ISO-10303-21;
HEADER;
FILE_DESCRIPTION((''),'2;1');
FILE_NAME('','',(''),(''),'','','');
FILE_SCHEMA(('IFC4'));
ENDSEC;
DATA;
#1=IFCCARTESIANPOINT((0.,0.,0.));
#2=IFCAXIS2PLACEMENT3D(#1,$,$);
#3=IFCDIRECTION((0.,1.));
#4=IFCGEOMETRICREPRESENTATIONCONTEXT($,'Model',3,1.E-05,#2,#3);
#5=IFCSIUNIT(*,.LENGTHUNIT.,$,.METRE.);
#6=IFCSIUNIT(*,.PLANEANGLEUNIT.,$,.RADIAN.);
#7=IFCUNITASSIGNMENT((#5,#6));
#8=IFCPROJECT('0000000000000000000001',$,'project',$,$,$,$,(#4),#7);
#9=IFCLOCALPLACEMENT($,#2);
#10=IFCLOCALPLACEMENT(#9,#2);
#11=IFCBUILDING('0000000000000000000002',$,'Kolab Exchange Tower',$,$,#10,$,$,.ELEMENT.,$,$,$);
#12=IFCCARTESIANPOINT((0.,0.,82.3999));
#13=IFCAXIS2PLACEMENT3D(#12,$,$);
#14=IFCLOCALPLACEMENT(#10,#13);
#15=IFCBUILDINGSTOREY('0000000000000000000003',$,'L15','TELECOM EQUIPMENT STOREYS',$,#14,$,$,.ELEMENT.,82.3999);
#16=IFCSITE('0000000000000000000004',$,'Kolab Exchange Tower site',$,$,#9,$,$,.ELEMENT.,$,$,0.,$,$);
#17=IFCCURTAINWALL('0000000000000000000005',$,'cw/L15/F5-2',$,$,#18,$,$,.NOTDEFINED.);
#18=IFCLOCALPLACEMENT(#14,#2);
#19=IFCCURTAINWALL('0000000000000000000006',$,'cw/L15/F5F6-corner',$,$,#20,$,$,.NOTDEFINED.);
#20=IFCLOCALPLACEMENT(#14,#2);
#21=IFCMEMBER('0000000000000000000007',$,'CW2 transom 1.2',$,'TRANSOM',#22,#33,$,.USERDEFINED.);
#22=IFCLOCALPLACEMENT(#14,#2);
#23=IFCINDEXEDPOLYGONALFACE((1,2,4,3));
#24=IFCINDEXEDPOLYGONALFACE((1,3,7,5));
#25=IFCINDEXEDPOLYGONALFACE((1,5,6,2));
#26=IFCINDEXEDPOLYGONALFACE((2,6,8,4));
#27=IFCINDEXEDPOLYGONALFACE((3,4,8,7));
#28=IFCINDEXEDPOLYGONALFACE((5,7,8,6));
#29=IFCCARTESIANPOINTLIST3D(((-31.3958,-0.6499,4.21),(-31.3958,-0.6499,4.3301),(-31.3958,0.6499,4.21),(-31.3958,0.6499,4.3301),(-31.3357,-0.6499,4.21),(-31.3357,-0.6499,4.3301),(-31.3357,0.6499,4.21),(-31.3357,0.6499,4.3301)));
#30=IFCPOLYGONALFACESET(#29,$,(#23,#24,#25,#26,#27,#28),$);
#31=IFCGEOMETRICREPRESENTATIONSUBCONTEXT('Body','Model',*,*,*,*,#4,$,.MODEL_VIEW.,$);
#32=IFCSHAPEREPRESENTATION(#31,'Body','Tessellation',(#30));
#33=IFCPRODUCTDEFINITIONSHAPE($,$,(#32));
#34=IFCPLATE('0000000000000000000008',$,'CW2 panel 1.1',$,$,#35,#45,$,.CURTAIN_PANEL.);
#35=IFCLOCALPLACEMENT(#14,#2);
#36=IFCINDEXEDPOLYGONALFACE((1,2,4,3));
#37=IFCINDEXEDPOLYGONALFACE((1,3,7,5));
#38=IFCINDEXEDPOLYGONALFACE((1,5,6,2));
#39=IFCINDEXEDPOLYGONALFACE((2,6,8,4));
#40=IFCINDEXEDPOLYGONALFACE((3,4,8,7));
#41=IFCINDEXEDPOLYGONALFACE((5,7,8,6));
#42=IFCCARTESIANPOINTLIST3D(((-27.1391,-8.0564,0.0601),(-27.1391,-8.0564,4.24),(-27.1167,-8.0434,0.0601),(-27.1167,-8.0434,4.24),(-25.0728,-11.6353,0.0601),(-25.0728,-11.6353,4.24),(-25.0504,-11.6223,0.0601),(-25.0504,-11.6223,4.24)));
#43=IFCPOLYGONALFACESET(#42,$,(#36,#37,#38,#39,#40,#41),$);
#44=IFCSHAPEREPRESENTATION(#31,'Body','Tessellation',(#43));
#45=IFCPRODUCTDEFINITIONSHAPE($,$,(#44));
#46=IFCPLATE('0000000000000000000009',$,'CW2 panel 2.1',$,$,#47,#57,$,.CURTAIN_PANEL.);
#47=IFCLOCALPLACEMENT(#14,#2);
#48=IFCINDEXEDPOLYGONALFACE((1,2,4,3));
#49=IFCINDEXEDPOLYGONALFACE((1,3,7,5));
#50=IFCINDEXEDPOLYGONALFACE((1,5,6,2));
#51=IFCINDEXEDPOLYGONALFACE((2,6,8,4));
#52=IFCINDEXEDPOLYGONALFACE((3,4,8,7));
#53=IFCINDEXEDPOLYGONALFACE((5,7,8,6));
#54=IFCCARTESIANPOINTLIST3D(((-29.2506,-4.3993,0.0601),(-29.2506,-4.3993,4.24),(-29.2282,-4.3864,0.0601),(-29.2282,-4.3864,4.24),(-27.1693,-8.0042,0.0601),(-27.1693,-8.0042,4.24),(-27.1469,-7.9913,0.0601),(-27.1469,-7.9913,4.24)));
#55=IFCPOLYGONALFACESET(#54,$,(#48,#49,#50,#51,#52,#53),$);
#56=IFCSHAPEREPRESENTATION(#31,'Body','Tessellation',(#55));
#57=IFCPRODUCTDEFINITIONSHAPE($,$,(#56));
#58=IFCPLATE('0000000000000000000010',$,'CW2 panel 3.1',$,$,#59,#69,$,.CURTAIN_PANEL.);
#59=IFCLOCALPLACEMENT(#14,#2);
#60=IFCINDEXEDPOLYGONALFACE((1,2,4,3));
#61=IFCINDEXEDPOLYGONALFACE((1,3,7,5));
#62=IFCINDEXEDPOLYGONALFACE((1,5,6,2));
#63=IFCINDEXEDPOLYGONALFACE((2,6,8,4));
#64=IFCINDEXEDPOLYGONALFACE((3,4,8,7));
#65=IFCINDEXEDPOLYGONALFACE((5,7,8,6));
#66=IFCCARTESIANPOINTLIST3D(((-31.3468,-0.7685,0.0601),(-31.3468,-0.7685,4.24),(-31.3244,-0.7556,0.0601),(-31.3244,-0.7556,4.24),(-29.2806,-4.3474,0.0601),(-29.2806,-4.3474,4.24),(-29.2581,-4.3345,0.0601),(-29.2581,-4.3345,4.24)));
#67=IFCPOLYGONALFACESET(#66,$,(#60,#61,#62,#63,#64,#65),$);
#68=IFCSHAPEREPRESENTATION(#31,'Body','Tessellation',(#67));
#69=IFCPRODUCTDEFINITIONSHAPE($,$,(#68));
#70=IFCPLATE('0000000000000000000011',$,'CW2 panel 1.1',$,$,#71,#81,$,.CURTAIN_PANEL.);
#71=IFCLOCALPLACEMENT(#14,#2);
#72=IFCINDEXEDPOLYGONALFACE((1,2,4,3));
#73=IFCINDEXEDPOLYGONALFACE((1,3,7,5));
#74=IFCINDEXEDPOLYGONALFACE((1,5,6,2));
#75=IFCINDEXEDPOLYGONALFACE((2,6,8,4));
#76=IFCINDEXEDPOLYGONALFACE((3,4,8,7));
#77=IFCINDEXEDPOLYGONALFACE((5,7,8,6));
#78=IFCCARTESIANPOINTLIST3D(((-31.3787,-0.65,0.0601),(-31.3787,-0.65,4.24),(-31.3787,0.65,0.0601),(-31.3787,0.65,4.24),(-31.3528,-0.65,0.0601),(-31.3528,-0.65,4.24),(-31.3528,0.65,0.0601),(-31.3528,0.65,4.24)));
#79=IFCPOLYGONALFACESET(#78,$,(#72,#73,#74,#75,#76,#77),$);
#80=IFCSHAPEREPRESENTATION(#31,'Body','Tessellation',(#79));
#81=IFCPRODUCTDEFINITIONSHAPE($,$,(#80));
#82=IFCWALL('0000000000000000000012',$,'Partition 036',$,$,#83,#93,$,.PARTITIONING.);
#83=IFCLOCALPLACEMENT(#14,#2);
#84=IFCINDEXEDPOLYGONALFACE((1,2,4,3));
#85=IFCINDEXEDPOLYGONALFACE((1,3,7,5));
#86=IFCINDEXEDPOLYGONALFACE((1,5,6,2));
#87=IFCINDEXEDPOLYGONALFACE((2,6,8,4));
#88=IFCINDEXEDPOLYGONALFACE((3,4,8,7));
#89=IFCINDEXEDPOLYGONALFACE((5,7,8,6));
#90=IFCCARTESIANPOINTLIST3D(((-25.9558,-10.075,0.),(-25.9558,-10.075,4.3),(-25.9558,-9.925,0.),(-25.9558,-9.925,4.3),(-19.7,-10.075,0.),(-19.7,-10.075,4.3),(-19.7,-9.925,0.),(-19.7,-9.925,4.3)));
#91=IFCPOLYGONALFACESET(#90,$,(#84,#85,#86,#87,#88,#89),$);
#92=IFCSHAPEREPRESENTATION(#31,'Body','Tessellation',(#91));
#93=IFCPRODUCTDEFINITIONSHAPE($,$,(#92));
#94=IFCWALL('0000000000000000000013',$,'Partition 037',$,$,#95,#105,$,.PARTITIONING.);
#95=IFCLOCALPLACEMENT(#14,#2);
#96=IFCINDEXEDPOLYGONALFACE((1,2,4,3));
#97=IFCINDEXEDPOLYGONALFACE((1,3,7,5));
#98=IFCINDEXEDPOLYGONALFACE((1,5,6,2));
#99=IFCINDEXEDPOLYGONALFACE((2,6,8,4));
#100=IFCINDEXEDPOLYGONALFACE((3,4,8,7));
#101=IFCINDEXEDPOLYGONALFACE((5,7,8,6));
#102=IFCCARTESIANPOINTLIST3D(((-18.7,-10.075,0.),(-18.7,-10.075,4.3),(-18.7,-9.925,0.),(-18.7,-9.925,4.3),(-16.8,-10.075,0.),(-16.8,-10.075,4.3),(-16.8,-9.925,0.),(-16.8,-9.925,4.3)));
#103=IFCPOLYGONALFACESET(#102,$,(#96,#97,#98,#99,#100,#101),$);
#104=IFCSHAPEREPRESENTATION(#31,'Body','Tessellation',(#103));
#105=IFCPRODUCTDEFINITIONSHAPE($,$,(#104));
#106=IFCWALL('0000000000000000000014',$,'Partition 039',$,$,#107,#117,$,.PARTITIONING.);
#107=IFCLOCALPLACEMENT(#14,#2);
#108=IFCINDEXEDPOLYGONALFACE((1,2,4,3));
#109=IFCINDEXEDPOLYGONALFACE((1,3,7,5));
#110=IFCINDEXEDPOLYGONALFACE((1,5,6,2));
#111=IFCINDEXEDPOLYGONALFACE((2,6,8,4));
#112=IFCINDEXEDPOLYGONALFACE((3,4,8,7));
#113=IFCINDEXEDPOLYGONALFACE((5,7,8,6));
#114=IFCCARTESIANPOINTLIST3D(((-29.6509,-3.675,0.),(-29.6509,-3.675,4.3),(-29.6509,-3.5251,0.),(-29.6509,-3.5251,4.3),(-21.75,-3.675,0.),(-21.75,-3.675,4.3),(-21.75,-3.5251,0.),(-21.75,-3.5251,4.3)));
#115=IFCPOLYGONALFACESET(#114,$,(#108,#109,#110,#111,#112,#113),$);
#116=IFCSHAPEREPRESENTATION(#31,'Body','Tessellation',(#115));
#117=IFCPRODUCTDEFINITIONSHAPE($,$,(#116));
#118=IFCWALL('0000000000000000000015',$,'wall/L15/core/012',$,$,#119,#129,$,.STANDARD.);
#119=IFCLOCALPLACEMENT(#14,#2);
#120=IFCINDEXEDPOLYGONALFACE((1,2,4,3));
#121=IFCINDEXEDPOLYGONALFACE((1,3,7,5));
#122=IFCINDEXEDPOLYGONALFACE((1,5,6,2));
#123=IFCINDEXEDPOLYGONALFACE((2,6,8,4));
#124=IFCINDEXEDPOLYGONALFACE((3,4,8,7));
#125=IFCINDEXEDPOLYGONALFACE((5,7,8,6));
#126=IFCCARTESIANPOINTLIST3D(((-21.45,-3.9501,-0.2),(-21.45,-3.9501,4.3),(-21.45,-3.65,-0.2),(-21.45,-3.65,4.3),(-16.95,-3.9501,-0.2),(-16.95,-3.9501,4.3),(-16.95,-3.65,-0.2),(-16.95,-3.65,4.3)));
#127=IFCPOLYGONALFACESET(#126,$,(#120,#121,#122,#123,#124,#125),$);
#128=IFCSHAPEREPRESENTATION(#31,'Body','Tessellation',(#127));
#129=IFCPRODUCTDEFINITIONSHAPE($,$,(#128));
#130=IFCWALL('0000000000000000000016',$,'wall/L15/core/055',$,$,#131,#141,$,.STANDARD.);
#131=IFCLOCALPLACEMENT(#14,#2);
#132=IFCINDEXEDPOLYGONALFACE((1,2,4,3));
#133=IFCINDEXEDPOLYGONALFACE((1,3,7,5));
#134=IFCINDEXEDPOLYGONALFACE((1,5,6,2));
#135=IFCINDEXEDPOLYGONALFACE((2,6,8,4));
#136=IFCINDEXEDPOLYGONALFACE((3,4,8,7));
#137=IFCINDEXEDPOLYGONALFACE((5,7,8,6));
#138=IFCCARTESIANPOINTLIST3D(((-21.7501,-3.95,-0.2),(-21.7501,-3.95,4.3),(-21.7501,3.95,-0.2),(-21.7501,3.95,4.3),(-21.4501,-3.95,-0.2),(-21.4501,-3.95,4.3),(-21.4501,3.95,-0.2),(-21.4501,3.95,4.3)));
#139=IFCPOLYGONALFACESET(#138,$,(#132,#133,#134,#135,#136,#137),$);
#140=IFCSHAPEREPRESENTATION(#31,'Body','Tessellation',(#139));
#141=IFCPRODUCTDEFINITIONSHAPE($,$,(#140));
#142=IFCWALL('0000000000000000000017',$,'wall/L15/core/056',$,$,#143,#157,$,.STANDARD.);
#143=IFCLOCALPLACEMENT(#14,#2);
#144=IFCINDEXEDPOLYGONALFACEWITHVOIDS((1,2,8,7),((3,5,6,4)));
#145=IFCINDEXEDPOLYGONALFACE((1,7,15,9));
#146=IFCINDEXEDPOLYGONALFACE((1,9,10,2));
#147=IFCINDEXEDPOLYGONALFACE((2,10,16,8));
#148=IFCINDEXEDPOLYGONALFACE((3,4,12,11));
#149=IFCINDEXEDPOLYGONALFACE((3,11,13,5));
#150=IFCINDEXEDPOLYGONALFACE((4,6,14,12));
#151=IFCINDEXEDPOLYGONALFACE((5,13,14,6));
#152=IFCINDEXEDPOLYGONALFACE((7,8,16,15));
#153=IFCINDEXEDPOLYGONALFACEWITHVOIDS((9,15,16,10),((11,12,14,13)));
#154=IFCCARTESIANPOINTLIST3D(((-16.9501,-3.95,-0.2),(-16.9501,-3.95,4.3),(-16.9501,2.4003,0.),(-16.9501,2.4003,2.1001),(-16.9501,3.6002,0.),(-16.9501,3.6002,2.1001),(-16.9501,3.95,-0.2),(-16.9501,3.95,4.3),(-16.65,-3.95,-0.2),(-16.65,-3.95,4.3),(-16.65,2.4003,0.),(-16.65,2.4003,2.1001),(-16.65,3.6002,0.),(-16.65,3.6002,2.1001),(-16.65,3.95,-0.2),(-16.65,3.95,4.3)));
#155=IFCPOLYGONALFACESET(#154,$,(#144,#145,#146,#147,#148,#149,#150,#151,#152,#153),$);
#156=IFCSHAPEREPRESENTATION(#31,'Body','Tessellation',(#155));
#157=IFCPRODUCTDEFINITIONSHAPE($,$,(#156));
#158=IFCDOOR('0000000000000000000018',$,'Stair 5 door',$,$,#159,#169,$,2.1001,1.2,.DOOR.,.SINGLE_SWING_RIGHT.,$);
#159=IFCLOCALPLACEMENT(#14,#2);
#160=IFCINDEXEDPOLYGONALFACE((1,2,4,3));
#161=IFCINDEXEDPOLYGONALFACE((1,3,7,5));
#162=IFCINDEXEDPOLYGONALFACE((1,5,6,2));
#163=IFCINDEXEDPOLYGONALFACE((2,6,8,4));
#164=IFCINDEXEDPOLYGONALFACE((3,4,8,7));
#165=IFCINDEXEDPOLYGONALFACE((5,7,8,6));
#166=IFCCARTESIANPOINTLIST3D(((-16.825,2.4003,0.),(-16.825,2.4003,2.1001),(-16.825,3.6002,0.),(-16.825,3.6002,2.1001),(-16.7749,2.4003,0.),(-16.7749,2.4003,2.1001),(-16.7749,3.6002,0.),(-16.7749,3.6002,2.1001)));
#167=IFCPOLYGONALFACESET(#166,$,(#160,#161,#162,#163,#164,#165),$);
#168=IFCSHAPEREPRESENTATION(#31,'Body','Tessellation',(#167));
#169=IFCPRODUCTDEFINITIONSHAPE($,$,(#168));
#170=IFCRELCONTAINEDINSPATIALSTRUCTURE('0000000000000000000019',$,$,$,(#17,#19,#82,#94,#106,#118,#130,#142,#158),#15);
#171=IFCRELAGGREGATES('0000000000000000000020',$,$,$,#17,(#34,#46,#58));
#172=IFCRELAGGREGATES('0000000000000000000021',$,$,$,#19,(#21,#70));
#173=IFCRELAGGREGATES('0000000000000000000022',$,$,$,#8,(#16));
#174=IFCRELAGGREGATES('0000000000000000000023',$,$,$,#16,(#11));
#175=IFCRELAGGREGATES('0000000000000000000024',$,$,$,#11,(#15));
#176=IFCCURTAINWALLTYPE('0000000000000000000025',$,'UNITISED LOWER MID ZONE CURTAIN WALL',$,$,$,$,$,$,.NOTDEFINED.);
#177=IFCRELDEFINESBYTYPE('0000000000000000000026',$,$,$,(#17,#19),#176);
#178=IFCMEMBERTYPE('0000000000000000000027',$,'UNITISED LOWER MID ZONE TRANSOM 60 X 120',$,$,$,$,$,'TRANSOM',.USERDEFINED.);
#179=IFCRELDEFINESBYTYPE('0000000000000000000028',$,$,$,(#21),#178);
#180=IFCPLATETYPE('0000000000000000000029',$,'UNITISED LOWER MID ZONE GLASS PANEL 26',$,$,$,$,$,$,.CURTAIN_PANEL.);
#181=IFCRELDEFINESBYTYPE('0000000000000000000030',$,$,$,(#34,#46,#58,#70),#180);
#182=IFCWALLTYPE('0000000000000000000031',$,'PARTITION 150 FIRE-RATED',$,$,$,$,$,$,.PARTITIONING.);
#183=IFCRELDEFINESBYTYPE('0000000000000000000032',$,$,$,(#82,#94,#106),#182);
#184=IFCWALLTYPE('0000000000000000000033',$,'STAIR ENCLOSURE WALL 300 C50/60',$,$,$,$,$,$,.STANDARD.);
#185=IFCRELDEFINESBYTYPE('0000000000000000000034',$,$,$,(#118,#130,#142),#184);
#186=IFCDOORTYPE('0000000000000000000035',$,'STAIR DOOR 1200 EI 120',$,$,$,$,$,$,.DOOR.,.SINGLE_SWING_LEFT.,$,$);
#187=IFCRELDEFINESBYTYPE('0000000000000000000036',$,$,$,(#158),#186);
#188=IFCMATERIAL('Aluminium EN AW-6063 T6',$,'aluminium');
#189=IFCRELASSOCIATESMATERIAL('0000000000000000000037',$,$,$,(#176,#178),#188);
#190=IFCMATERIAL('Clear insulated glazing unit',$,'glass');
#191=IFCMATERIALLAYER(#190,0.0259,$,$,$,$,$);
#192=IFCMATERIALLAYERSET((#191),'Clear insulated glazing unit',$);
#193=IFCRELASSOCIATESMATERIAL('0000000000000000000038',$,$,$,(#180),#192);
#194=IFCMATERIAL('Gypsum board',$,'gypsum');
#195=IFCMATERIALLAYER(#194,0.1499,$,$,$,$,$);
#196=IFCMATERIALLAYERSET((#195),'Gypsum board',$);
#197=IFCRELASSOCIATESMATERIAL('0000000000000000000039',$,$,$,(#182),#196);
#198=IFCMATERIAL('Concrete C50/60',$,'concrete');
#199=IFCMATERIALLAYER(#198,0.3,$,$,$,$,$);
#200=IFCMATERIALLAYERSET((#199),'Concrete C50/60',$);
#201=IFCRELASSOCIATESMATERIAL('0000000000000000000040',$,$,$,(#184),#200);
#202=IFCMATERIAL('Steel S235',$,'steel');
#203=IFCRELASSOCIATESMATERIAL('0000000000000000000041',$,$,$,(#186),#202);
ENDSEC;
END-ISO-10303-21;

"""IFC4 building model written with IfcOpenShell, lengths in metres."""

from ifc_helpers import new_model, si_unit, direction, frame, frame_2d, origin, origin_2d, place, context, subcontext, project, spatial, rectangle, extrude, material, layer, layer_set, material_profile, profile_set, type_object, element, fill, aggregate, save


model = new_model("IFC4")

# Units and contexts
model_context = context("Model", 3, precision=1e-05, world=origin(), true_north=direction((0.0, 1.0)))
body_context = subcontext(model_context, "Body", "Model", "MODEL_VIEW")
ifc_project = project(units=[si_unit("LENGTHUNIT", "METRE"), si_unit("PLANEANGLEUNIT", "RADIAN")], contexts=[model_context])

# Site, building, storey
site_placement = place(None, origin())
site = spatial("IfcSite", under=ifc_project, at=site_placement, Name="Kolab Exchange Tower site", CompositionType="ELEMENT", RefElevation=0.0)
building_placement = place(site_placement, origin())
building = spatial("IfcBuilding", under=site, at=building_placement, Name="Kolab Exchange Tower", CompositionType="ELEMENT")
storey_placement = place(building_placement, frame((0.0, 0.0, 82.3999)))
storey = spatial("IfcBuildingStorey", under=building, at=storey_placement, Name="L15", Description="TELECOM EQUIPMENT STOREYS", CompositionType="ELEMENT", Elevation=82.3999)

# Curtain wall
ifc_material_1 = material(Name="Aluminium EN AW-6063 T6", Category="aluminium")
curtain_wall_type = type_object("IfcCurtainWallType", Name="UNITISED LOWER MID ZONE CURTAIN WALL", PredefinedType="NOTDEFINED", material=ifc_material_1)
curtain_wall_1_placement = place(storey_placement, origin())
curtain_wall_1 = element("IfcCurtainWall", 1, at=curtain_wall_1_placement, inside=storey, type_object=curtain_wall_type, Name="cw/L15/F5-2", PredefinedType="NOTDEFINED")

# Curtain wall
curtain_wall_2_placement = place(storey_placement, origin())
curtain_wall_2 = element("IfcCurtainWall", 2, at=curtain_wall_2_placement, inside=storey, type_object=curtain_wall_type, Name="cw/L15/F5F6-corner", PredefinedType="NOTDEFINED")

# Member
ifc_material_profile_1 = material_profile(ifc_material_1, rectangle(XDim=0.0601, YDim=0.1201, at=origin_2d()), Name="RECT 60X120")
ifc_profile_set_1 = profile_set([ifc_material_profile_1], Name="Aluminium EN AW-6063 T6")
member_type_1 = type_object("IfcMemberType", Name="UNITISED LOWER MID ZONE TRANSOM 60 X 120", ElementType="TRANSOM", PredefinedType="USERDEFINED", material=ifc_profile_set_1)
member_1_placement = place(storey_placement, frame((-31.3657, -0.6499, 4.27), z_axis=(0.0, 1.0, 0.0), x_axis=(-1.0, 0.0, 0.0)))
member_1 = element("IfcMember", 3, at=member_1_placement, type_object=member_type_1, Name="CW2 transom 1.2", ObjectType="TRANSOM", PredefinedType="USERDEFINED", context=body_context, shape_type="SweptSolid", body=[
    extrude(rectangle(XDim=0.0601, YDim=0.1201, at=origin_2d()), origin(), (0.0, 0.0, 1.0), 1.2998),
])

# Plates
ifc_material_2 = material(Name="Clear insulated glazing unit", Category="glass")
ifc_layer_1 = layer(ifc_material_2, 0.0259)
ifc_layer_set_1 = layer_set([ifc_layer_1], Name="Clear insulated glazing unit")
plate_type = type_object("IfcPlateType", Name="UNITISED LOWER MID ZONE GLASS PANEL 26", PredefinedType="CURTAIN_PANEL", material=ifc_layer_set_1)
plate_1_placement = place(storey_placement, frame((-26.0947, -9.8394, 0.0601), z_axis=(0.0, 0.0, 1.0), x_axis=(-0.5, 0.866025, 0.0)))
plate_1 = element("IfcPlate", 4, at=plate_1_placement, type_object=plate_type, Name="CW2 panel 1.1", PredefinedType="CURTAIN_PANEL", context=body_context, shape_type="SweptSolid", body=[
    extrude(rectangle(XDim=4.1326, YDim=0.0259, at=origin_2d()), origin(), (0.0, 0.0, 1.0), 4.1799),
])
plate_2_placement = place(storey_placement, frame((-28.1987, -6.1953, 0.0601), z_axis=(0.0, 0.0, 1.0), x_axis=(-0.5, 0.866025, 0.0)))
plate_2 = element("IfcPlate", 5, at=plate_2_placement, type_object=plate_type, Name="CW2 panel 2.1", PredefinedType="CURTAIN_PANEL", context=body_context, shape_type="SweptSolid", body=[
    extrude(rectangle(XDim=4.1626, YDim=0.0259, at=origin_2d()), origin(), (0.0, 0.0, 1.0), 4.1799),
])
plate_3_placement = place(storey_placement, frame((-30.3025, -2.5515, 0.0601), z_axis=(0.0, 0.0, 1.0), x_axis=(-0.5, 0.866025, 0.0)))
plate_3 = element("IfcPlate", 6, at=plate_3_placement, type_object=plate_type, Name="CW2 panel 3.1", PredefinedType="CURTAIN_PANEL", context=body_context, shape_type="SweptSolid", body=[
    extrude(rectangle(XDim=4.1326, YDim=0.0259, at=origin_2d()), origin(), (0.0, 0.0, 1.0), 4.1799),
])
aggregate(curtain_wall_1, [plate_1, plate_2, plate_3])
plate_4_placement = place(storey_placement, frame((-31.3657, 0.0, 0.0601), z_axis=(0.0, 0.0, 1.0), x_axis=(0.0, 1.0, 0.0)))
plate_4 = element("IfcPlate", 7, at=plate_4_placement, type_object=plate_type, Name="CW2 panel 1.1", PredefinedType="CURTAIN_PANEL", context=body_context, shape_type="SweptSolid", body=[
    extrude(rectangle(XDim=1.3, YDim=0.0259, at=origin_2d()), origin(), (0.0, 0.0, 1.0), 4.1799),
])
aggregate(curtain_wall_2, [member_1, plate_4])

# Walls
ifc_material_3 = material(Name="Gypsum board", Category="gypsum")
ifc_layer_2 = layer(ifc_material_3, 0.1499)
ifc_layer_set_2 = layer_set([ifc_layer_2], Name="Gypsum board")
wall_type_1 = type_object("IfcWallType", Name="PARTITION 150 FIRE-RATED", PredefinedType="PARTITIONING", material=ifc_layer_set_2)
wall_1_placement = place(storey_placement, frame((-25.9558, -10.0, 0.0), z_axis=(0.0, 0.0, 1.0), x_axis=(1.0, 0.0, 0.0)))
element("IfcWall", 8, at=wall_1_placement, inside=storey, type_object=wall_type_1, Name="Partition 036", PredefinedType="PARTITIONING", context=body_context, shape_type="SweptSolid", body=[
    extrude(rectangle(XDim=6.2559, YDim=0.1499, at=frame_2d((3.1279, 0.0))), origin(), (0.0, 0.0, 1.0), 4.3),
])
wall_2_placement = place(storey_placement, frame((-18.7, -10.0, 0.0), z_axis=(0.0, 0.0, 1.0), x_axis=(1.0, 0.0, 0.0)))
element("IfcWall", 9, at=wall_2_placement, inside=storey, type_object=wall_type_1, Name="Partition 037", PredefinedType="PARTITIONING", context=body_context, shape_type="SweptSolid", body=[
    extrude(rectangle(XDim=1.8999, YDim=0.1499, at=frame_2d((0.95, 0.0))), origin(), (0.0, 0.0, 1.0), 4.3),
])
wall_3_placement = place(storey_placement, frame((-29.6509, -3.6001, 0.0), z_axis=(0.0, 0.0, 1.0), x_axis=(1.0, 0.0, 0.0)))
element("IfcWall", 10, at=wall_3_placement, inside=storey, type_object=wall_type_1, Name="Partition 039", PredefinedType="PARTITIONING", context=body_context, shape_type="SweptSolid", body=[
    extrude(rectangle(XDim=7.9009, YDim=0.1499, at=frame_2d((3.9504, 0.0))), origin(), (0.0, 0.0, 1.0), 4.3),
])
ifc_material_4 = material(Name="Concrete C50/60", Category="concrete")
ifc_layer_3 = layer(ifc_material_4, 0.3)
ifc_layer_set_3 = layer_set([ifc_layer_3], Name="Concrete C50/60")
wall_type_2 = type_object("IfcWallType", Name="STAIR ENCLOSURE WALL 300 C50/60", PredefinedType="STANDARD", material=ifc_layer_set_3)
wall_4_placement = place(storey_placement, frame((-21.45, -3.8, -0.2), z_axis=(0.0, 0.0, 1.0), x_axis=(1.0, 0.0, 0.0)))
element("IfcWall", 11, at=wall_4_placement, inside=storey, type_object=wall_type_2, Name="wall/L15/core/012", PredefinedType="STANDARD", context=body_context, shape_type="SweptSolid", body=[
    extrude(rectangle(XDim=4.5, YDim=0.3, at=frame_2d((2.25, 0.0))), origin(), (0.0, 0.0, 1.0), 4.5),
])
wall_5_placement = place(storey_placement, frame((-21.6001, -3.95, -0.2), z_axis=(0.0, 0.0, 1.0), x_axis=(0.0, 1.0, 0.0)))
element("IfcWall", 12, at=wall_5_placement, inside=storey, type_object=wall_type_2, Name="wall/L15/core/055", PredefinedType="STANDARD", context=body_context, shape_type="SweptSolid", body=[
    extrude(rectangle(XDim=7.8999, YDim=0.3, at=frame_2d((3.95, 0.0))), origin(), (0.0, 0.0, 1.0), 4.5),
])

# Wall, opening, door
wall_6_placement = place(storey_placement, frame((-16.8, -3.95, -0.2), z_axis=(0.0, 0.0, 1.0), x_axis=(0.0, 1.0, 0.0)))
wall_6 = element("IfcWall", 13, at=wall_6_placement, inside=storey, type_object=wall_type_2, Name="wall/L15/core/056", PredefinedType="STANDARD", context=body_context, shape_type="SweptSolid", body=[
    extrude(rectangle(XDim=7.8999, YDim=0.3, at=frame_2d((3.95, 0.0))), origin(), (0.0, 0.0, 1.0), 4.5),
])
opening_placement = place(wall_6_placement, frame((6.3501, 0.0, 0.2)))
opening = element("IfcOpeningElement", 14, at=opening_placement, cuts=wall_6, PredefinedType="OPENING", context=body_context, shape_type="SweptSolid", body=[
    extrude(rectangle(XDim=1.2, YDim=2.1001, at=frame_2d((0.6001, 1.05))), frame((0.0, 0.1602, 0.0), z_axis=(0.0, -1.0, 0.0), x_axis=(1.0, 0.0, 0.0)), (0.0, 0.0, 1.0), 0.3201),
])
ifc_material_5 = material(Name="Steel S235", Category="steel")
door_type = type_object("IfcDoorType", Name="STAIR DOOR 1200 EI 120", OperationType="SINGLE_SWING_LEFT", PredefinedType="DOOR", material=ifc_material_5)
door_placement = place(opening_placement, origin())
door = element("IfcDoor", 15, at=door_placement, inside=storey, type_object=door_type, Name="Stair 5 door", OperationType="SINGLE_SWING_RIGHT", OverallHeight=2.1001, OverallWidth=1.2, PredefinedType="DOOR", context=body_context, shape_type="SweptSolid", body=[
    extrude(rectangle(XDim=1.2, YDim=2.1001, at=frame_2d((0.6001, 1.05))), frame((0.0, 0.0249, 0.0), z_axis=(0.0, -1.0, 0.0), x_axis=(1.0, 0.0, 0.0)), (0.0, 0.0, 1.0), 0.05),
])
fill(opening, door)

save(model, "model.ifc")
